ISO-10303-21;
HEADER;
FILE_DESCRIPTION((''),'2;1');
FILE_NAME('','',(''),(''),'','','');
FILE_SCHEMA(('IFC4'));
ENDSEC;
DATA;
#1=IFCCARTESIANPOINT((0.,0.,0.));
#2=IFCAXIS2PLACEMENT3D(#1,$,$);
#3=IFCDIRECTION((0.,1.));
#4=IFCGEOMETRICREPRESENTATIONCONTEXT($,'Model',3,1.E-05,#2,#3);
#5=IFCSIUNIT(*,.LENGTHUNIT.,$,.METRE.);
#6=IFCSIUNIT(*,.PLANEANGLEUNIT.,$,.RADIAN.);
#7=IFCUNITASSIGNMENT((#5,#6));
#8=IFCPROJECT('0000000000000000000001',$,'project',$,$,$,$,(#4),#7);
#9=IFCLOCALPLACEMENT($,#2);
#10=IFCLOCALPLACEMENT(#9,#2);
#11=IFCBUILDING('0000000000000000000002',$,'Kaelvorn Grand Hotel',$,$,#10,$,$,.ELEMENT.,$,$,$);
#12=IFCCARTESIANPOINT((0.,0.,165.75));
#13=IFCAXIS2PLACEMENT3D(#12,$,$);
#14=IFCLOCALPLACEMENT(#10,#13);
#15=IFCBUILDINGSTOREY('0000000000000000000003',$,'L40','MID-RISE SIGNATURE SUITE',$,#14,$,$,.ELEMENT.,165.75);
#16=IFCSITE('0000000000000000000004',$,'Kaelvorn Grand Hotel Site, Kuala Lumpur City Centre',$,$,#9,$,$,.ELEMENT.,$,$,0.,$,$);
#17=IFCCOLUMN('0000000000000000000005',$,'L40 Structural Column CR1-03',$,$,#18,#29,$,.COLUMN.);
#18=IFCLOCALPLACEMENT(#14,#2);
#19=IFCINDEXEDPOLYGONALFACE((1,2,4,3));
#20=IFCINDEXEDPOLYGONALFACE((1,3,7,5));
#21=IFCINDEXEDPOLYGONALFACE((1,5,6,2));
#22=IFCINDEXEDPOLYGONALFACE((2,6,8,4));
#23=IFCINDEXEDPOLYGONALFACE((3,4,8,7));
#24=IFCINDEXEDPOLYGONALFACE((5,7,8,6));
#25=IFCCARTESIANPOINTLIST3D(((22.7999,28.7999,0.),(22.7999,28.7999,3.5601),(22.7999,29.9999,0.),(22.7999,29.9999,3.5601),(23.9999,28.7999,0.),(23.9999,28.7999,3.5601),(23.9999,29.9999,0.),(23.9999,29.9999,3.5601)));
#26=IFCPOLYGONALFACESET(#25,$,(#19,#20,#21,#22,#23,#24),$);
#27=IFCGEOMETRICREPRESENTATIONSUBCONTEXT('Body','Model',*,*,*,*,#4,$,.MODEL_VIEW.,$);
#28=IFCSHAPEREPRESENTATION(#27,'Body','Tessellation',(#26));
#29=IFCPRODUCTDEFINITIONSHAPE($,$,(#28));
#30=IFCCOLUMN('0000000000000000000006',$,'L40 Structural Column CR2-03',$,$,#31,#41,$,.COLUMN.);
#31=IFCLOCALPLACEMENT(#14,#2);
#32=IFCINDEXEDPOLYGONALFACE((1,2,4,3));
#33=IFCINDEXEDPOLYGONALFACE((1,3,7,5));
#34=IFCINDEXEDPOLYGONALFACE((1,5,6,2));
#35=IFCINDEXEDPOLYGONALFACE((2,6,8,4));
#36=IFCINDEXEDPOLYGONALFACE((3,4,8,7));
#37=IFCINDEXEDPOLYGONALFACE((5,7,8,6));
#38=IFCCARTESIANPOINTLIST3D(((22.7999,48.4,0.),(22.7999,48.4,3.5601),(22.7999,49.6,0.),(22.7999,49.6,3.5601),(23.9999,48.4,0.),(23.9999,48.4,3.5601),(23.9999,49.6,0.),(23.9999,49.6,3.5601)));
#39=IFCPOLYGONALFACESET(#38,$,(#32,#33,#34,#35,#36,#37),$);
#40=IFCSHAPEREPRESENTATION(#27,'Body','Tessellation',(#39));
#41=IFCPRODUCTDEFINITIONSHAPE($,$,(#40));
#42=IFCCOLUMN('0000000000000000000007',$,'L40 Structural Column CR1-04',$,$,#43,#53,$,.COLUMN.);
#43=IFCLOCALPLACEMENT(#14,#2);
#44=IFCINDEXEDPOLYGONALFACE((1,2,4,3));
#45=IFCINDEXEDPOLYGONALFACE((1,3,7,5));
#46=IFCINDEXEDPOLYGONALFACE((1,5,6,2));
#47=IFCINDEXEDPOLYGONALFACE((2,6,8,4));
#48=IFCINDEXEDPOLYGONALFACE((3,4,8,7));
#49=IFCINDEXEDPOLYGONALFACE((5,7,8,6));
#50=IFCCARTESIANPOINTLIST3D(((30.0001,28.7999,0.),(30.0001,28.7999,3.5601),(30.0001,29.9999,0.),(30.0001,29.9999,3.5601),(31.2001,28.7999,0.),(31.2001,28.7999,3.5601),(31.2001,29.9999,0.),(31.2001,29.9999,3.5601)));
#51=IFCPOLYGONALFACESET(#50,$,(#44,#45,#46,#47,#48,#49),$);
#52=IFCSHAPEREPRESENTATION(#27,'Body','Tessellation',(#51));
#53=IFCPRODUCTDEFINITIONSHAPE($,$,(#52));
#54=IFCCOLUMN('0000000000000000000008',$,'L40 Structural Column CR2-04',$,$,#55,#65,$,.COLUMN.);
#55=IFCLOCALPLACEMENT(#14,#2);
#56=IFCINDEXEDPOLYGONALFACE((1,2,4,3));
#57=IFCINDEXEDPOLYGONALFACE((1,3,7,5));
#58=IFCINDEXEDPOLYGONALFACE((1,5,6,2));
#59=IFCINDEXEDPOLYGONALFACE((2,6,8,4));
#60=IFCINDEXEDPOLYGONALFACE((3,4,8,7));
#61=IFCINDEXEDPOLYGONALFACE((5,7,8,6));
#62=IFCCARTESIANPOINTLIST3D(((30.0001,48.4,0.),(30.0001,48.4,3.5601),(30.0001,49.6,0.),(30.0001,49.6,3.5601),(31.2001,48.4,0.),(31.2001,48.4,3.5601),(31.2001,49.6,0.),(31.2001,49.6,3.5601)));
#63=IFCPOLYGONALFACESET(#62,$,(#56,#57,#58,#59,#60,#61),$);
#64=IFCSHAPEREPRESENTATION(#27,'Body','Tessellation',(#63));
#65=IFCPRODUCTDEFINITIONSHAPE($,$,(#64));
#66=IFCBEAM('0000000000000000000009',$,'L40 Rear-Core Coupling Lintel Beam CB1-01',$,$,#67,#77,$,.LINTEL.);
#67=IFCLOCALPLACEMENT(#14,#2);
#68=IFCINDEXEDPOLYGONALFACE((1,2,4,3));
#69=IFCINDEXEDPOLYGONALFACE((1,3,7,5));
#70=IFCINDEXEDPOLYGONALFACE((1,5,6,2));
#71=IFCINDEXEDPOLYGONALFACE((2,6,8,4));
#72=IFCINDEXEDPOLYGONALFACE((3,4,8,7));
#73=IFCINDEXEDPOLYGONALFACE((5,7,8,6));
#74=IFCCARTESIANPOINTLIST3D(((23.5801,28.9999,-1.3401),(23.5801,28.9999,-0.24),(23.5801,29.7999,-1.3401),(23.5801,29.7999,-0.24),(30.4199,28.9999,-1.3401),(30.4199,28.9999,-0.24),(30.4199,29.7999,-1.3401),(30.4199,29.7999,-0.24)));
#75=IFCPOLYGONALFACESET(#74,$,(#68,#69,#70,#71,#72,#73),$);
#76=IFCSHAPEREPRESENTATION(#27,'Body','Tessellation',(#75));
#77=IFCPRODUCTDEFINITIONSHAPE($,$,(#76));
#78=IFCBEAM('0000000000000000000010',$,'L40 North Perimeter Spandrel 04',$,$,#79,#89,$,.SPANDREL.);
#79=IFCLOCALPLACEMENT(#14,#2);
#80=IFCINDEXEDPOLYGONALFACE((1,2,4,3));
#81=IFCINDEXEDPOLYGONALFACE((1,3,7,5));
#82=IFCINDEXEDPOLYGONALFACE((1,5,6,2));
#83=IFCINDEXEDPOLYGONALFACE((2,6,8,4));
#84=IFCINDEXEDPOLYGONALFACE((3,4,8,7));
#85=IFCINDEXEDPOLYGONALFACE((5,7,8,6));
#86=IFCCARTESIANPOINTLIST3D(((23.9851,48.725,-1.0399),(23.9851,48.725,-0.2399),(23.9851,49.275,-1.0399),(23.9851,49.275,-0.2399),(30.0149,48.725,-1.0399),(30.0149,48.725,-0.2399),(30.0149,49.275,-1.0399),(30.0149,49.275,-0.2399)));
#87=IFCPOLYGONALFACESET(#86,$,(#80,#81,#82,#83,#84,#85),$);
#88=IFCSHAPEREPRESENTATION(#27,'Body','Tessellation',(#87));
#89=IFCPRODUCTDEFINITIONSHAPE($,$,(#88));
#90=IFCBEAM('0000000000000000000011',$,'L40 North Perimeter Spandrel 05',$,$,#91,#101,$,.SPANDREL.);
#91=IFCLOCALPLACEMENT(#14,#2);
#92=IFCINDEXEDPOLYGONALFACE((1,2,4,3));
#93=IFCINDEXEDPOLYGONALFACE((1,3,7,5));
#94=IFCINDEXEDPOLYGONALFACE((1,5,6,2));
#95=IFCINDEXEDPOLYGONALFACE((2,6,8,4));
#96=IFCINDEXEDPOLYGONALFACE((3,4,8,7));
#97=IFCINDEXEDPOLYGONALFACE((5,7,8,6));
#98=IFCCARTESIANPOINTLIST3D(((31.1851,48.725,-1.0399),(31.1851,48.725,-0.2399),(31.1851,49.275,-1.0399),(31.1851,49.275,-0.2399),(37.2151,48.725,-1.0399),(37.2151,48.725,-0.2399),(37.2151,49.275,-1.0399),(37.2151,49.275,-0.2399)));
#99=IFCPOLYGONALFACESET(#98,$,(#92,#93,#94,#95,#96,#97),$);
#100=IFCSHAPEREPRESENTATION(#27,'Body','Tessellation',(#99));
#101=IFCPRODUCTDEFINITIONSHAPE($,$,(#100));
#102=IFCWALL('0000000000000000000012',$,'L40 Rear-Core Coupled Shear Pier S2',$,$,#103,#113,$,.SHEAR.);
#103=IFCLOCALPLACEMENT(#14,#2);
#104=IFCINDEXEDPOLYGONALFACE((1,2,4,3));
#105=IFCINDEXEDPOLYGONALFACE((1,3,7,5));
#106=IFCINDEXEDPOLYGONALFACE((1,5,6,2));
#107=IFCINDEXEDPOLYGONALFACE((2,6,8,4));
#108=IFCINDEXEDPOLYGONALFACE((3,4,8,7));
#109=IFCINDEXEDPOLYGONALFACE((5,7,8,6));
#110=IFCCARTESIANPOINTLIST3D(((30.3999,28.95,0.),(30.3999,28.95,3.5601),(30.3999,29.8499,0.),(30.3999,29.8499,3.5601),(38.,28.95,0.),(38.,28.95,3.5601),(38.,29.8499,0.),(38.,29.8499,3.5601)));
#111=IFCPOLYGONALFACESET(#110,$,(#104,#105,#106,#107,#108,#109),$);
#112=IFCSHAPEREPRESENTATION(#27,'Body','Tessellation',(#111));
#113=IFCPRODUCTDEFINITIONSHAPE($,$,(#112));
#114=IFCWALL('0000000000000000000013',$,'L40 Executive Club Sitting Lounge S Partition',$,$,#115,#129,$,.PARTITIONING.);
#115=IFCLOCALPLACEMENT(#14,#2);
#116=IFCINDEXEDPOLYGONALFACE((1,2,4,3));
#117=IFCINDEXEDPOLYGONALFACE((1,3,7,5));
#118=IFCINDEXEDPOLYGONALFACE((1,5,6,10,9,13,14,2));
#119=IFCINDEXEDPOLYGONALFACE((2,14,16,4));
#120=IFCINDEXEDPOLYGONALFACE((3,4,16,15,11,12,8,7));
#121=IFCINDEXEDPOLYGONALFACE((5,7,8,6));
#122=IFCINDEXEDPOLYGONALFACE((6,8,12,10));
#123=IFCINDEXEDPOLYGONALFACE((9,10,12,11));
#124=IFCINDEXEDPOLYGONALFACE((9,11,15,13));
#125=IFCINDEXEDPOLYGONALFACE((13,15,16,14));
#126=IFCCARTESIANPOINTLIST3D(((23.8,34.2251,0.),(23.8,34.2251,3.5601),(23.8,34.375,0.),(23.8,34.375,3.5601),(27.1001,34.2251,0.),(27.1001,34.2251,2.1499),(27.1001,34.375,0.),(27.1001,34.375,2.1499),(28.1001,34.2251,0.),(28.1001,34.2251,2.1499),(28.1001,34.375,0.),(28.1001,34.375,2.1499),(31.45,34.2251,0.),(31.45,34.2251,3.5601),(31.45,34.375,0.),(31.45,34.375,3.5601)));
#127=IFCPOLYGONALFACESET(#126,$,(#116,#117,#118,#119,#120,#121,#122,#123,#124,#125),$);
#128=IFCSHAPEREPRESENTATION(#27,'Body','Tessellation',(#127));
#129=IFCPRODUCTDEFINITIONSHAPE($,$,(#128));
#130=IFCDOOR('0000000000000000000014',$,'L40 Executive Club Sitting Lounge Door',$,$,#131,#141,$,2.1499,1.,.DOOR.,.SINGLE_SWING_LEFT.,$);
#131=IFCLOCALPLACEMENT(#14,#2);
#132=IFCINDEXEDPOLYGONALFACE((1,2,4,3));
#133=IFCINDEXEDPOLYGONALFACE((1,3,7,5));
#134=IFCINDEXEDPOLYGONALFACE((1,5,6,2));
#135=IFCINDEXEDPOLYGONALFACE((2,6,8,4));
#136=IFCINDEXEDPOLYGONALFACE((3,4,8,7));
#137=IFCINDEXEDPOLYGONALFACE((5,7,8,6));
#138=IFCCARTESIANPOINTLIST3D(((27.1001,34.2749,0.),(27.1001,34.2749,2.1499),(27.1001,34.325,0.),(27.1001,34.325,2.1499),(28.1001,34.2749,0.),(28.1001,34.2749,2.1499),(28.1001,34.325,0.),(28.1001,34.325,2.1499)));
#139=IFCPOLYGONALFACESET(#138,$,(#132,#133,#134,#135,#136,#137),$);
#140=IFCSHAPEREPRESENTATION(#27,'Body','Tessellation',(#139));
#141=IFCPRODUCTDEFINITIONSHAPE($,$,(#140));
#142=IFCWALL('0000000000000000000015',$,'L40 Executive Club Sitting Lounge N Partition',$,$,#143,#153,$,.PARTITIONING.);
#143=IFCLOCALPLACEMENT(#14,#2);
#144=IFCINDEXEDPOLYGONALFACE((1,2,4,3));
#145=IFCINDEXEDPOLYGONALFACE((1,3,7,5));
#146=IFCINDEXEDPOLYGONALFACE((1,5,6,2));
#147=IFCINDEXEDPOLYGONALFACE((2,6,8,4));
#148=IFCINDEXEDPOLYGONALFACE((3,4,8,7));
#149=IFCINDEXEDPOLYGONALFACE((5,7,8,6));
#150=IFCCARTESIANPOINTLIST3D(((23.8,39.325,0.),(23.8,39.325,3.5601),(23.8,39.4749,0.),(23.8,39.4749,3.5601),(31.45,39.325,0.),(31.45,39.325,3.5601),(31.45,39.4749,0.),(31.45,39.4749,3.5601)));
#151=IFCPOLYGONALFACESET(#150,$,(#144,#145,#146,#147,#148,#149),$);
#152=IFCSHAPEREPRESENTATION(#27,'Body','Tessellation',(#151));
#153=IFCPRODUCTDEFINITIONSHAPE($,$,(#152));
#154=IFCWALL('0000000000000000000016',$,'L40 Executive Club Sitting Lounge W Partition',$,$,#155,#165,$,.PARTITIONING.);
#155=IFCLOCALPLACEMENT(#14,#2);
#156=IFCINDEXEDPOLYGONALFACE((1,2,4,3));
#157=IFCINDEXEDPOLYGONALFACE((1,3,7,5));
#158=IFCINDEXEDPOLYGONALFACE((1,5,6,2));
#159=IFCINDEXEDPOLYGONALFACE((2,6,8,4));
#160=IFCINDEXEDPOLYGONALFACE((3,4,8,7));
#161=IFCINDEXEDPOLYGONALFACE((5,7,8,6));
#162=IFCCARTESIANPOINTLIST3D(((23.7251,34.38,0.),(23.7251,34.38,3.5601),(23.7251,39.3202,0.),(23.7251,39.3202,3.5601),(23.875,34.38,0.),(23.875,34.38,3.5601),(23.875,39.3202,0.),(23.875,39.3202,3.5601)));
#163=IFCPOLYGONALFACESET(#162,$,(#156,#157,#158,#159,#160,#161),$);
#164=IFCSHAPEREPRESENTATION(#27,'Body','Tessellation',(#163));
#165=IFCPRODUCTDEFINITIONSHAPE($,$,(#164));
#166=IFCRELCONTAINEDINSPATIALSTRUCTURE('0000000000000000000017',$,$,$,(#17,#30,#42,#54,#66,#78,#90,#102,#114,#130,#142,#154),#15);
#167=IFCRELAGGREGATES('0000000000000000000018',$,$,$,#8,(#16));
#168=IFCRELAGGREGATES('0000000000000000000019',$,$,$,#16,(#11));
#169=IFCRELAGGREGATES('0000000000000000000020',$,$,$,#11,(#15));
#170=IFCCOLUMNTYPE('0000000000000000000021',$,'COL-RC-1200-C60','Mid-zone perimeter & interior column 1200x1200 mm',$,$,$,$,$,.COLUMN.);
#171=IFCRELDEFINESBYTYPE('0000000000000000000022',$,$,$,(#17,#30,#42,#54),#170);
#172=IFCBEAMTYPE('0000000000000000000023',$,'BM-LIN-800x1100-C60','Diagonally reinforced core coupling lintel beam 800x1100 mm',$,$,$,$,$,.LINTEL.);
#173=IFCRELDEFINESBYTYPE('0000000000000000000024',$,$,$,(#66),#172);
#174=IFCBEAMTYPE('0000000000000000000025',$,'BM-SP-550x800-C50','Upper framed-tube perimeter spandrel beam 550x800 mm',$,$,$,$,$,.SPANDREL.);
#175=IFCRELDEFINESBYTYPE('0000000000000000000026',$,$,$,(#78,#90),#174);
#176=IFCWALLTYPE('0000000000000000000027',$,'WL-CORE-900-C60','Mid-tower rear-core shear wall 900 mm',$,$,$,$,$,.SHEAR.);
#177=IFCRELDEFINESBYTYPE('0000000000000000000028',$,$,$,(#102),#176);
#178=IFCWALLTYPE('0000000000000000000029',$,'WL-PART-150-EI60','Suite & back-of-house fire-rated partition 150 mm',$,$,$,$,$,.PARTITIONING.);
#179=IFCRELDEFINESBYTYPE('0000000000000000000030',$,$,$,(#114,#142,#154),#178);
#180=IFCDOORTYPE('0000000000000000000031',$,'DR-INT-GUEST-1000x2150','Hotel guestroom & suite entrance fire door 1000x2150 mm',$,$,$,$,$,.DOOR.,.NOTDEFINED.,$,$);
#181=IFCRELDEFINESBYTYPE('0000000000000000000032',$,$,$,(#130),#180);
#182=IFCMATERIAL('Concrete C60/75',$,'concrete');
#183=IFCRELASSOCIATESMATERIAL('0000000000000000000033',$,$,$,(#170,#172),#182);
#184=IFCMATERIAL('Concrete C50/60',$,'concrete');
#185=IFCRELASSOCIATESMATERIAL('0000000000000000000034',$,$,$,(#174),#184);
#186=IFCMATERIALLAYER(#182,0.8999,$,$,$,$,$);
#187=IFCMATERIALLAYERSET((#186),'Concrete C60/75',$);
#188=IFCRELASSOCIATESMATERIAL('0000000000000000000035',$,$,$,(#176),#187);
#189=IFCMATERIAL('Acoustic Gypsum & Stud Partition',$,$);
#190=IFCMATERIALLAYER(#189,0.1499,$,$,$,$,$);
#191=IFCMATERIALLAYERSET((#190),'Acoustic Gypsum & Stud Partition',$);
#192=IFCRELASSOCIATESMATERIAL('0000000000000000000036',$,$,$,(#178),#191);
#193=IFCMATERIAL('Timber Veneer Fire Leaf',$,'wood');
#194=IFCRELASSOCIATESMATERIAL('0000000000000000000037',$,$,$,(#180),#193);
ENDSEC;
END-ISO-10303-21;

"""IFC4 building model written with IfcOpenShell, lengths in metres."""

from ifc_helpers import new_model, si_unit, direction, frame, frame_2d, origin, origin_2d, place, context, subcontext, project, spatial, rectangle, extrude, material, layer, layer_set, material_profile, profile_set, type_object, element, fill, save


model = new_model("IFC4")

# Units and contexts
model_context = context("Model", 3, precision=1e-05, world=origin(), true_north=direction((0.0, 1.0)))
body_context = subcontext(model_context, "Body", "Model", "MODEL_VIEW")
ifc_project = project(units=[si_unit("LENGTHUNIT", "METRE"), si_unit("PLANEANGLEUNIT", "RADIAN")], contexts=[model_context])

# Site, building, storey
site_placement = place(None, origin())
site = spatial("IfcSite", under=ifc_project, at=site_placement, Name="Kaelvorn Grand Hotel Site, Kuala Lumpur City Centre", CompositionType="ELEMENT", RefElevation=0.0)
building_placement = place(site_placement, origin())
building = spatial("IfcBuilding", under=site, at=building_placement, Name="Kaelvorn Grand Hotel", CompositionType="ELEMENT")
storey_placement = place(building_placement, frame((0.0, 0.0, 165.75)))
storey = spatial("IfcBuildingStorey", under=building, at=storey_placement, Name="L40", Description="MID-RISE SIGNATURE SUITE", CompositionType="ELEMENT", Elevation=165.75)

# Columns
ifc_material_1 = material(Name="Concrete C60/75", Category="concrete")
ifc_material_profile_1 = material_profile(ifc_material_1, rectangle(XDim=1.2, YDim=1.2, at=origin_2d()), Name="RC COL 1200x1200")
ifc_profile_set_1 = profile_set([ifc_material_profile_1], Name="Concrete C60/75")
column_type = type_object("IfcColumnType", Name="COL-RC-1200-C60", Description="Mid-zone perimeter & interior column 1200x1200 mm", PredefinedType="COLUMN", material=ifc_profile_set_1)
for number, where, z_axis, x_axis, name in (
    (1, (23.3999, 29.3999, 0.0), (0.0, 0.0, 1.0), (1.0, 0.0, 0.0), "L40 Structural Column CR1-03"),
    (2, (23.3999, 49.0, 0.0), (0.0, 0.0, 1.0), (1.0, 0.0, 0.0), "L40 Structural Column CR2-03"),
    (3, (30.6001, 29.3999, 0.0), (0.0, 0.0, 1.0), (1.0, 0.0, 0.0), "L40 Structural Column CR1-04"),
    (4, (30.6001, 49.0, 0.0), (0.0, 0.0, 1.0), (1.0, 0.0, 0.0), "L40 Structural Column CR2-04"),
):
    element("IfcColumn", number, at=place(storey_placement, frame(where, z_axis=z_axis, x_axis=x_axis)), inside=storey, type_object=column_type, Name=name, PredefinedType="COLUMN", context=body_context, shape_type="SweptSolid", body=[
        extrude(rectangle(XDim=1.2, YDim=1.2, at=origin_2d()), origin(), (0.0, 0.0, 1.0), 3.5601),
    ])

# Beams
ifc_material_profile_2 = material_profile(ifc_material_1, rectangle(XDim=0.8, YDim=1.1001, at=origin_2d()), Name="RC LINTEL 800x1100")
ifc_profile_set_2 = profile_set([ifc_material_profile_2], Name="Concrete C60/75")
beam_type_1 = type_object("IfcBeamType", Name="BM-LIN-800x1100-C60", Description="Diagonally reinforced core coupling lintel beam 800x1100 mm", PredefinedType="LINTEL", material=ifc_profile_set_2)
beam_1_placement = place(storey_placement, frame((23.5801, 29.3999, -0.79), z_axis=(1.0, 0.0, 0.0), x_axis=(0.0, 1.0, 0.0)))
element("IfcBeam", 5, at=beam_1_placement, inside=storey, type_object=beam_type_1, Name="L40 Rear-Core Coupling Lintel Beam CB1-01", PredefinedType="LINTEL", context=body_context, shape_type="SweptSolid", body=[
    extrude(rectangle(XDim=0.8, YDim=1.1001, at=origin_2d()), origin(), (0.0, 0.0, 1.0), 6.8398),
])
ifc_material_2 = material(Name="Concrete C50/60", Category="concrete")
ifc_material_profile_3 = material_profile(ifc_material_2, rectangle(XDim=0.55, YDim=0.8, at=origin_2d()), Name="RC SPANDREL 550x800")
ifc_profile_set_3 = profile_set([ifc_material_profile_3], Name="Concrete C50/60")
beam_type_2 = type_object("IfcBeamType", Name="BM-SP-550x800-C50", Description="Upper framed-tube perimeter spandrel beam 550x800 mm", PredefinedType="SPANDREL", material=ifc_profile_set_3)
beam_2_placement = place(storey_placement, frame((23.9851, 49.0, -0.6399), z_axis=(1.0, 0.0, 0.0), x_axis=(0.0, 1.0, 0.0)))
element("IfcBeam", 6, at=beam_2_placement, inside=storey, type_object=beam_type_2, Name="L40 North Perimeter Spandrel 04", PredefinedType="SPANDREL", context=body_context, shape_type="SweptSolid", body=[
    extrude(rectangle(XDim=0.55, YDim=0.8, at=origin_2d()), origin(), (0.0, 0.0, 1.0), 6.0298),
])
beam_3_placement = place(storey_placement, frame((31.1851, 49.0, -0.6399), z_axis=(1.0, 0.0, 0.0), x_axis=(0.0, 1.0, 0.0)))
element("IfcBeam", 7, at=beam_3_placement, inside=storey, type_object=beam_type_2, Name="L40 North Perimeter Spandrel 05", PredefinedType="SPANDREL", context=body_context, shape_type="SweptSolid", body=[
    extrude(rectangle(XDim=0.55, YDim=0.8, at=origin_2d()), origin(), (0.0, 0.0, 1.0), 6.03),
])

# Wall
ifc_layer_1 = layer(ifc_material_1, 0.8999)
ifc_layer_set_1 = layer_set([ifc_layer_1], Name="Concrete C60/75")
wall_type_1 = type_object("IfcWallType", Name="WL-CORE-900-C60", Description="Mid-tower rear-core shear wall 900 mm", PredefinedType="SHEAR", material=ifc_layer_set_1)
wall_1_placement = place(storey_placement, frame((30.3999, 29.3999, 0.0), z_axis=(0.0, 0.0, 1.0), x_axis=(1.0, 0.0, 0.0)))
element("IfcWall", 8, at=wall_1_placement, inside=storey, type_object=wall_type_1, Name="L40 Rear-Core Coupled Shear Pier S2", PredefinedType="SHEAR", context=body_context, shape_type="SweptSolid", body=[
    extrude(rectangle(XDim=7.6001, YDim=0.8999, at=frame_2d((3.8, 0.0))), origin(), (0.0, 0.0, 1.0), 3.5601),
])

# Wall, opening, door
ifc_material_3 = material(Name="Acoustic Gypsum & Stud Partition")
ifc_layer_2 = layer(ifc_material_3, 0.1499)
ifc_layer_set_2 = layer_set([ifc_layer_2], Name="Acoustic Gypsum & Stud Partition")
wall_type_2 = type_object("IfcWallType", Name="WL-PART-150-EI60", Description="Suite & back-of-house fire-rated partition 150 mm", PredefinedType="PARTITIONING", material=ifc_layer_set_2)
wall_2_placement = place(storey_placement, frame((23.8, 34.3, 0.0), z_axis=(0.0, 0.0, 1.0), x_axis=(1.0, 0.0, 0.0)))
wall_2 = element("IfcWall", 9, at=wall_2_placement, inside=storey, type_object=wall_type_2, Name="L40 Executive Club Sitting Lounge S Partition", PredefinedType="PARTITIONING", context=body_context, shape_type="SweptSolid", body=[
    extrude(rectangle(XDim=7.6499, YDim=0.1499, at=frame_2d((3.825, 0.0))), origin(), (0.0, 0.0, 1.0), 3.5601),
])
opening_1_placement = place(wall_2_placement, frame((3.3, 0.0, 0.0)))
opening_1 = element("IfcOpeningElement", 10, at=opening_1_placement, cuts=wall_2, PredefinedType="OPENING", context=body_context, shape_type="SweptSolid", body=[
    extrude(rectangle(XDim=1.0, YDim=2.1499, at=frame_2d((0.5, 1.075))), frame((0.0, 0.085, 0.0), z_axis=(0.0, -1.0, 0.0), x_axis=(1.0, 0.0, 0.0)), (0.0, 0.0, 1.0), 0.1699),
])
ifc_material_4 = material(Name="Timber Veneer Fire Leaf", Category="wood")
door_type_1 = type_object("IfcDoorType", Name="DR-INT-GUEST-1000x2150", Description="Hotel guestroom & suite entrance fire door 1000x2150 mm", OperationType="NOTDEFINED", PredefinedType="DOOR", material=ifc_material_4)
door_1_placement = place(opening_1_placement, origin())
door_1 = element("IfcDoor", 11, at=door_1_placement, inside=storey, type_object=door_type_1, Name="L40 Executive Club Sitting Lounge Door", OperationType="SINGLE_SWING_LEFT", OverallHeight=2.1499, OverallWidth=1.0, PredefinedType="DOOR", context=body_context, shape_type="SweptSolid", body=[
    extrude(rectangle(XDim=1.0, YDim=2.1499, at=frame_2d((0.5, 1.075))), frame((0.0, 0.0249, 0.0), z_axis=(0.0, -1.0, 0.0), x_axis=(1.0, 0.0, 0.0)), (0.0, 0.0, 1.0), 0.05),
])
fill(opening_1, door_1)

# Walls
wall_3_placement = place(storey_placement, frame((23.8, 39.3999, 0.0), z_axis=(0.0, 0.0, 1.0), x_axis=(1.0, 0.0, 0.0)))
element("IfcWall", 12, at=wall_3_placement, inside=storey, type_object=wall_type_2, Name="L40 Executive Club Sitting Lounge N Partition", PredefinedType="PARTITIONING", context=body_context, shape_type="SweptSolid", body=[
    extrude(rectangle(XDim=7.6499, YDim=0.1499, at=frame_2d((3.825, 0.0))), origin(), (0.0, 0.0, 1.0), 3.5601),
])
wall_4_placement = place(storey_placement, frame((23.8, 34.3799, 0.0), z_axis=(0.0, 0.0, 1.0), x_axis=(0.0, 1.0, 0.0)))
element("IfcWall", 13, at=wall_4_placement, inside=storey, type_object=wall_type_2, Name="L40 Executive Club Sitting Lounge W Partition", PredefinedType="PARTITIONING", context=body_context, shape_type="SweptSolid", body=[
    extrude(rectangle(XDim=4.9402, YDim=0.1499, at=frame_2d((2.4702, 0.0))), origin(), (0.0, 0.0, 1.0), 3.5601),
])

save(model, "model.ifc")
